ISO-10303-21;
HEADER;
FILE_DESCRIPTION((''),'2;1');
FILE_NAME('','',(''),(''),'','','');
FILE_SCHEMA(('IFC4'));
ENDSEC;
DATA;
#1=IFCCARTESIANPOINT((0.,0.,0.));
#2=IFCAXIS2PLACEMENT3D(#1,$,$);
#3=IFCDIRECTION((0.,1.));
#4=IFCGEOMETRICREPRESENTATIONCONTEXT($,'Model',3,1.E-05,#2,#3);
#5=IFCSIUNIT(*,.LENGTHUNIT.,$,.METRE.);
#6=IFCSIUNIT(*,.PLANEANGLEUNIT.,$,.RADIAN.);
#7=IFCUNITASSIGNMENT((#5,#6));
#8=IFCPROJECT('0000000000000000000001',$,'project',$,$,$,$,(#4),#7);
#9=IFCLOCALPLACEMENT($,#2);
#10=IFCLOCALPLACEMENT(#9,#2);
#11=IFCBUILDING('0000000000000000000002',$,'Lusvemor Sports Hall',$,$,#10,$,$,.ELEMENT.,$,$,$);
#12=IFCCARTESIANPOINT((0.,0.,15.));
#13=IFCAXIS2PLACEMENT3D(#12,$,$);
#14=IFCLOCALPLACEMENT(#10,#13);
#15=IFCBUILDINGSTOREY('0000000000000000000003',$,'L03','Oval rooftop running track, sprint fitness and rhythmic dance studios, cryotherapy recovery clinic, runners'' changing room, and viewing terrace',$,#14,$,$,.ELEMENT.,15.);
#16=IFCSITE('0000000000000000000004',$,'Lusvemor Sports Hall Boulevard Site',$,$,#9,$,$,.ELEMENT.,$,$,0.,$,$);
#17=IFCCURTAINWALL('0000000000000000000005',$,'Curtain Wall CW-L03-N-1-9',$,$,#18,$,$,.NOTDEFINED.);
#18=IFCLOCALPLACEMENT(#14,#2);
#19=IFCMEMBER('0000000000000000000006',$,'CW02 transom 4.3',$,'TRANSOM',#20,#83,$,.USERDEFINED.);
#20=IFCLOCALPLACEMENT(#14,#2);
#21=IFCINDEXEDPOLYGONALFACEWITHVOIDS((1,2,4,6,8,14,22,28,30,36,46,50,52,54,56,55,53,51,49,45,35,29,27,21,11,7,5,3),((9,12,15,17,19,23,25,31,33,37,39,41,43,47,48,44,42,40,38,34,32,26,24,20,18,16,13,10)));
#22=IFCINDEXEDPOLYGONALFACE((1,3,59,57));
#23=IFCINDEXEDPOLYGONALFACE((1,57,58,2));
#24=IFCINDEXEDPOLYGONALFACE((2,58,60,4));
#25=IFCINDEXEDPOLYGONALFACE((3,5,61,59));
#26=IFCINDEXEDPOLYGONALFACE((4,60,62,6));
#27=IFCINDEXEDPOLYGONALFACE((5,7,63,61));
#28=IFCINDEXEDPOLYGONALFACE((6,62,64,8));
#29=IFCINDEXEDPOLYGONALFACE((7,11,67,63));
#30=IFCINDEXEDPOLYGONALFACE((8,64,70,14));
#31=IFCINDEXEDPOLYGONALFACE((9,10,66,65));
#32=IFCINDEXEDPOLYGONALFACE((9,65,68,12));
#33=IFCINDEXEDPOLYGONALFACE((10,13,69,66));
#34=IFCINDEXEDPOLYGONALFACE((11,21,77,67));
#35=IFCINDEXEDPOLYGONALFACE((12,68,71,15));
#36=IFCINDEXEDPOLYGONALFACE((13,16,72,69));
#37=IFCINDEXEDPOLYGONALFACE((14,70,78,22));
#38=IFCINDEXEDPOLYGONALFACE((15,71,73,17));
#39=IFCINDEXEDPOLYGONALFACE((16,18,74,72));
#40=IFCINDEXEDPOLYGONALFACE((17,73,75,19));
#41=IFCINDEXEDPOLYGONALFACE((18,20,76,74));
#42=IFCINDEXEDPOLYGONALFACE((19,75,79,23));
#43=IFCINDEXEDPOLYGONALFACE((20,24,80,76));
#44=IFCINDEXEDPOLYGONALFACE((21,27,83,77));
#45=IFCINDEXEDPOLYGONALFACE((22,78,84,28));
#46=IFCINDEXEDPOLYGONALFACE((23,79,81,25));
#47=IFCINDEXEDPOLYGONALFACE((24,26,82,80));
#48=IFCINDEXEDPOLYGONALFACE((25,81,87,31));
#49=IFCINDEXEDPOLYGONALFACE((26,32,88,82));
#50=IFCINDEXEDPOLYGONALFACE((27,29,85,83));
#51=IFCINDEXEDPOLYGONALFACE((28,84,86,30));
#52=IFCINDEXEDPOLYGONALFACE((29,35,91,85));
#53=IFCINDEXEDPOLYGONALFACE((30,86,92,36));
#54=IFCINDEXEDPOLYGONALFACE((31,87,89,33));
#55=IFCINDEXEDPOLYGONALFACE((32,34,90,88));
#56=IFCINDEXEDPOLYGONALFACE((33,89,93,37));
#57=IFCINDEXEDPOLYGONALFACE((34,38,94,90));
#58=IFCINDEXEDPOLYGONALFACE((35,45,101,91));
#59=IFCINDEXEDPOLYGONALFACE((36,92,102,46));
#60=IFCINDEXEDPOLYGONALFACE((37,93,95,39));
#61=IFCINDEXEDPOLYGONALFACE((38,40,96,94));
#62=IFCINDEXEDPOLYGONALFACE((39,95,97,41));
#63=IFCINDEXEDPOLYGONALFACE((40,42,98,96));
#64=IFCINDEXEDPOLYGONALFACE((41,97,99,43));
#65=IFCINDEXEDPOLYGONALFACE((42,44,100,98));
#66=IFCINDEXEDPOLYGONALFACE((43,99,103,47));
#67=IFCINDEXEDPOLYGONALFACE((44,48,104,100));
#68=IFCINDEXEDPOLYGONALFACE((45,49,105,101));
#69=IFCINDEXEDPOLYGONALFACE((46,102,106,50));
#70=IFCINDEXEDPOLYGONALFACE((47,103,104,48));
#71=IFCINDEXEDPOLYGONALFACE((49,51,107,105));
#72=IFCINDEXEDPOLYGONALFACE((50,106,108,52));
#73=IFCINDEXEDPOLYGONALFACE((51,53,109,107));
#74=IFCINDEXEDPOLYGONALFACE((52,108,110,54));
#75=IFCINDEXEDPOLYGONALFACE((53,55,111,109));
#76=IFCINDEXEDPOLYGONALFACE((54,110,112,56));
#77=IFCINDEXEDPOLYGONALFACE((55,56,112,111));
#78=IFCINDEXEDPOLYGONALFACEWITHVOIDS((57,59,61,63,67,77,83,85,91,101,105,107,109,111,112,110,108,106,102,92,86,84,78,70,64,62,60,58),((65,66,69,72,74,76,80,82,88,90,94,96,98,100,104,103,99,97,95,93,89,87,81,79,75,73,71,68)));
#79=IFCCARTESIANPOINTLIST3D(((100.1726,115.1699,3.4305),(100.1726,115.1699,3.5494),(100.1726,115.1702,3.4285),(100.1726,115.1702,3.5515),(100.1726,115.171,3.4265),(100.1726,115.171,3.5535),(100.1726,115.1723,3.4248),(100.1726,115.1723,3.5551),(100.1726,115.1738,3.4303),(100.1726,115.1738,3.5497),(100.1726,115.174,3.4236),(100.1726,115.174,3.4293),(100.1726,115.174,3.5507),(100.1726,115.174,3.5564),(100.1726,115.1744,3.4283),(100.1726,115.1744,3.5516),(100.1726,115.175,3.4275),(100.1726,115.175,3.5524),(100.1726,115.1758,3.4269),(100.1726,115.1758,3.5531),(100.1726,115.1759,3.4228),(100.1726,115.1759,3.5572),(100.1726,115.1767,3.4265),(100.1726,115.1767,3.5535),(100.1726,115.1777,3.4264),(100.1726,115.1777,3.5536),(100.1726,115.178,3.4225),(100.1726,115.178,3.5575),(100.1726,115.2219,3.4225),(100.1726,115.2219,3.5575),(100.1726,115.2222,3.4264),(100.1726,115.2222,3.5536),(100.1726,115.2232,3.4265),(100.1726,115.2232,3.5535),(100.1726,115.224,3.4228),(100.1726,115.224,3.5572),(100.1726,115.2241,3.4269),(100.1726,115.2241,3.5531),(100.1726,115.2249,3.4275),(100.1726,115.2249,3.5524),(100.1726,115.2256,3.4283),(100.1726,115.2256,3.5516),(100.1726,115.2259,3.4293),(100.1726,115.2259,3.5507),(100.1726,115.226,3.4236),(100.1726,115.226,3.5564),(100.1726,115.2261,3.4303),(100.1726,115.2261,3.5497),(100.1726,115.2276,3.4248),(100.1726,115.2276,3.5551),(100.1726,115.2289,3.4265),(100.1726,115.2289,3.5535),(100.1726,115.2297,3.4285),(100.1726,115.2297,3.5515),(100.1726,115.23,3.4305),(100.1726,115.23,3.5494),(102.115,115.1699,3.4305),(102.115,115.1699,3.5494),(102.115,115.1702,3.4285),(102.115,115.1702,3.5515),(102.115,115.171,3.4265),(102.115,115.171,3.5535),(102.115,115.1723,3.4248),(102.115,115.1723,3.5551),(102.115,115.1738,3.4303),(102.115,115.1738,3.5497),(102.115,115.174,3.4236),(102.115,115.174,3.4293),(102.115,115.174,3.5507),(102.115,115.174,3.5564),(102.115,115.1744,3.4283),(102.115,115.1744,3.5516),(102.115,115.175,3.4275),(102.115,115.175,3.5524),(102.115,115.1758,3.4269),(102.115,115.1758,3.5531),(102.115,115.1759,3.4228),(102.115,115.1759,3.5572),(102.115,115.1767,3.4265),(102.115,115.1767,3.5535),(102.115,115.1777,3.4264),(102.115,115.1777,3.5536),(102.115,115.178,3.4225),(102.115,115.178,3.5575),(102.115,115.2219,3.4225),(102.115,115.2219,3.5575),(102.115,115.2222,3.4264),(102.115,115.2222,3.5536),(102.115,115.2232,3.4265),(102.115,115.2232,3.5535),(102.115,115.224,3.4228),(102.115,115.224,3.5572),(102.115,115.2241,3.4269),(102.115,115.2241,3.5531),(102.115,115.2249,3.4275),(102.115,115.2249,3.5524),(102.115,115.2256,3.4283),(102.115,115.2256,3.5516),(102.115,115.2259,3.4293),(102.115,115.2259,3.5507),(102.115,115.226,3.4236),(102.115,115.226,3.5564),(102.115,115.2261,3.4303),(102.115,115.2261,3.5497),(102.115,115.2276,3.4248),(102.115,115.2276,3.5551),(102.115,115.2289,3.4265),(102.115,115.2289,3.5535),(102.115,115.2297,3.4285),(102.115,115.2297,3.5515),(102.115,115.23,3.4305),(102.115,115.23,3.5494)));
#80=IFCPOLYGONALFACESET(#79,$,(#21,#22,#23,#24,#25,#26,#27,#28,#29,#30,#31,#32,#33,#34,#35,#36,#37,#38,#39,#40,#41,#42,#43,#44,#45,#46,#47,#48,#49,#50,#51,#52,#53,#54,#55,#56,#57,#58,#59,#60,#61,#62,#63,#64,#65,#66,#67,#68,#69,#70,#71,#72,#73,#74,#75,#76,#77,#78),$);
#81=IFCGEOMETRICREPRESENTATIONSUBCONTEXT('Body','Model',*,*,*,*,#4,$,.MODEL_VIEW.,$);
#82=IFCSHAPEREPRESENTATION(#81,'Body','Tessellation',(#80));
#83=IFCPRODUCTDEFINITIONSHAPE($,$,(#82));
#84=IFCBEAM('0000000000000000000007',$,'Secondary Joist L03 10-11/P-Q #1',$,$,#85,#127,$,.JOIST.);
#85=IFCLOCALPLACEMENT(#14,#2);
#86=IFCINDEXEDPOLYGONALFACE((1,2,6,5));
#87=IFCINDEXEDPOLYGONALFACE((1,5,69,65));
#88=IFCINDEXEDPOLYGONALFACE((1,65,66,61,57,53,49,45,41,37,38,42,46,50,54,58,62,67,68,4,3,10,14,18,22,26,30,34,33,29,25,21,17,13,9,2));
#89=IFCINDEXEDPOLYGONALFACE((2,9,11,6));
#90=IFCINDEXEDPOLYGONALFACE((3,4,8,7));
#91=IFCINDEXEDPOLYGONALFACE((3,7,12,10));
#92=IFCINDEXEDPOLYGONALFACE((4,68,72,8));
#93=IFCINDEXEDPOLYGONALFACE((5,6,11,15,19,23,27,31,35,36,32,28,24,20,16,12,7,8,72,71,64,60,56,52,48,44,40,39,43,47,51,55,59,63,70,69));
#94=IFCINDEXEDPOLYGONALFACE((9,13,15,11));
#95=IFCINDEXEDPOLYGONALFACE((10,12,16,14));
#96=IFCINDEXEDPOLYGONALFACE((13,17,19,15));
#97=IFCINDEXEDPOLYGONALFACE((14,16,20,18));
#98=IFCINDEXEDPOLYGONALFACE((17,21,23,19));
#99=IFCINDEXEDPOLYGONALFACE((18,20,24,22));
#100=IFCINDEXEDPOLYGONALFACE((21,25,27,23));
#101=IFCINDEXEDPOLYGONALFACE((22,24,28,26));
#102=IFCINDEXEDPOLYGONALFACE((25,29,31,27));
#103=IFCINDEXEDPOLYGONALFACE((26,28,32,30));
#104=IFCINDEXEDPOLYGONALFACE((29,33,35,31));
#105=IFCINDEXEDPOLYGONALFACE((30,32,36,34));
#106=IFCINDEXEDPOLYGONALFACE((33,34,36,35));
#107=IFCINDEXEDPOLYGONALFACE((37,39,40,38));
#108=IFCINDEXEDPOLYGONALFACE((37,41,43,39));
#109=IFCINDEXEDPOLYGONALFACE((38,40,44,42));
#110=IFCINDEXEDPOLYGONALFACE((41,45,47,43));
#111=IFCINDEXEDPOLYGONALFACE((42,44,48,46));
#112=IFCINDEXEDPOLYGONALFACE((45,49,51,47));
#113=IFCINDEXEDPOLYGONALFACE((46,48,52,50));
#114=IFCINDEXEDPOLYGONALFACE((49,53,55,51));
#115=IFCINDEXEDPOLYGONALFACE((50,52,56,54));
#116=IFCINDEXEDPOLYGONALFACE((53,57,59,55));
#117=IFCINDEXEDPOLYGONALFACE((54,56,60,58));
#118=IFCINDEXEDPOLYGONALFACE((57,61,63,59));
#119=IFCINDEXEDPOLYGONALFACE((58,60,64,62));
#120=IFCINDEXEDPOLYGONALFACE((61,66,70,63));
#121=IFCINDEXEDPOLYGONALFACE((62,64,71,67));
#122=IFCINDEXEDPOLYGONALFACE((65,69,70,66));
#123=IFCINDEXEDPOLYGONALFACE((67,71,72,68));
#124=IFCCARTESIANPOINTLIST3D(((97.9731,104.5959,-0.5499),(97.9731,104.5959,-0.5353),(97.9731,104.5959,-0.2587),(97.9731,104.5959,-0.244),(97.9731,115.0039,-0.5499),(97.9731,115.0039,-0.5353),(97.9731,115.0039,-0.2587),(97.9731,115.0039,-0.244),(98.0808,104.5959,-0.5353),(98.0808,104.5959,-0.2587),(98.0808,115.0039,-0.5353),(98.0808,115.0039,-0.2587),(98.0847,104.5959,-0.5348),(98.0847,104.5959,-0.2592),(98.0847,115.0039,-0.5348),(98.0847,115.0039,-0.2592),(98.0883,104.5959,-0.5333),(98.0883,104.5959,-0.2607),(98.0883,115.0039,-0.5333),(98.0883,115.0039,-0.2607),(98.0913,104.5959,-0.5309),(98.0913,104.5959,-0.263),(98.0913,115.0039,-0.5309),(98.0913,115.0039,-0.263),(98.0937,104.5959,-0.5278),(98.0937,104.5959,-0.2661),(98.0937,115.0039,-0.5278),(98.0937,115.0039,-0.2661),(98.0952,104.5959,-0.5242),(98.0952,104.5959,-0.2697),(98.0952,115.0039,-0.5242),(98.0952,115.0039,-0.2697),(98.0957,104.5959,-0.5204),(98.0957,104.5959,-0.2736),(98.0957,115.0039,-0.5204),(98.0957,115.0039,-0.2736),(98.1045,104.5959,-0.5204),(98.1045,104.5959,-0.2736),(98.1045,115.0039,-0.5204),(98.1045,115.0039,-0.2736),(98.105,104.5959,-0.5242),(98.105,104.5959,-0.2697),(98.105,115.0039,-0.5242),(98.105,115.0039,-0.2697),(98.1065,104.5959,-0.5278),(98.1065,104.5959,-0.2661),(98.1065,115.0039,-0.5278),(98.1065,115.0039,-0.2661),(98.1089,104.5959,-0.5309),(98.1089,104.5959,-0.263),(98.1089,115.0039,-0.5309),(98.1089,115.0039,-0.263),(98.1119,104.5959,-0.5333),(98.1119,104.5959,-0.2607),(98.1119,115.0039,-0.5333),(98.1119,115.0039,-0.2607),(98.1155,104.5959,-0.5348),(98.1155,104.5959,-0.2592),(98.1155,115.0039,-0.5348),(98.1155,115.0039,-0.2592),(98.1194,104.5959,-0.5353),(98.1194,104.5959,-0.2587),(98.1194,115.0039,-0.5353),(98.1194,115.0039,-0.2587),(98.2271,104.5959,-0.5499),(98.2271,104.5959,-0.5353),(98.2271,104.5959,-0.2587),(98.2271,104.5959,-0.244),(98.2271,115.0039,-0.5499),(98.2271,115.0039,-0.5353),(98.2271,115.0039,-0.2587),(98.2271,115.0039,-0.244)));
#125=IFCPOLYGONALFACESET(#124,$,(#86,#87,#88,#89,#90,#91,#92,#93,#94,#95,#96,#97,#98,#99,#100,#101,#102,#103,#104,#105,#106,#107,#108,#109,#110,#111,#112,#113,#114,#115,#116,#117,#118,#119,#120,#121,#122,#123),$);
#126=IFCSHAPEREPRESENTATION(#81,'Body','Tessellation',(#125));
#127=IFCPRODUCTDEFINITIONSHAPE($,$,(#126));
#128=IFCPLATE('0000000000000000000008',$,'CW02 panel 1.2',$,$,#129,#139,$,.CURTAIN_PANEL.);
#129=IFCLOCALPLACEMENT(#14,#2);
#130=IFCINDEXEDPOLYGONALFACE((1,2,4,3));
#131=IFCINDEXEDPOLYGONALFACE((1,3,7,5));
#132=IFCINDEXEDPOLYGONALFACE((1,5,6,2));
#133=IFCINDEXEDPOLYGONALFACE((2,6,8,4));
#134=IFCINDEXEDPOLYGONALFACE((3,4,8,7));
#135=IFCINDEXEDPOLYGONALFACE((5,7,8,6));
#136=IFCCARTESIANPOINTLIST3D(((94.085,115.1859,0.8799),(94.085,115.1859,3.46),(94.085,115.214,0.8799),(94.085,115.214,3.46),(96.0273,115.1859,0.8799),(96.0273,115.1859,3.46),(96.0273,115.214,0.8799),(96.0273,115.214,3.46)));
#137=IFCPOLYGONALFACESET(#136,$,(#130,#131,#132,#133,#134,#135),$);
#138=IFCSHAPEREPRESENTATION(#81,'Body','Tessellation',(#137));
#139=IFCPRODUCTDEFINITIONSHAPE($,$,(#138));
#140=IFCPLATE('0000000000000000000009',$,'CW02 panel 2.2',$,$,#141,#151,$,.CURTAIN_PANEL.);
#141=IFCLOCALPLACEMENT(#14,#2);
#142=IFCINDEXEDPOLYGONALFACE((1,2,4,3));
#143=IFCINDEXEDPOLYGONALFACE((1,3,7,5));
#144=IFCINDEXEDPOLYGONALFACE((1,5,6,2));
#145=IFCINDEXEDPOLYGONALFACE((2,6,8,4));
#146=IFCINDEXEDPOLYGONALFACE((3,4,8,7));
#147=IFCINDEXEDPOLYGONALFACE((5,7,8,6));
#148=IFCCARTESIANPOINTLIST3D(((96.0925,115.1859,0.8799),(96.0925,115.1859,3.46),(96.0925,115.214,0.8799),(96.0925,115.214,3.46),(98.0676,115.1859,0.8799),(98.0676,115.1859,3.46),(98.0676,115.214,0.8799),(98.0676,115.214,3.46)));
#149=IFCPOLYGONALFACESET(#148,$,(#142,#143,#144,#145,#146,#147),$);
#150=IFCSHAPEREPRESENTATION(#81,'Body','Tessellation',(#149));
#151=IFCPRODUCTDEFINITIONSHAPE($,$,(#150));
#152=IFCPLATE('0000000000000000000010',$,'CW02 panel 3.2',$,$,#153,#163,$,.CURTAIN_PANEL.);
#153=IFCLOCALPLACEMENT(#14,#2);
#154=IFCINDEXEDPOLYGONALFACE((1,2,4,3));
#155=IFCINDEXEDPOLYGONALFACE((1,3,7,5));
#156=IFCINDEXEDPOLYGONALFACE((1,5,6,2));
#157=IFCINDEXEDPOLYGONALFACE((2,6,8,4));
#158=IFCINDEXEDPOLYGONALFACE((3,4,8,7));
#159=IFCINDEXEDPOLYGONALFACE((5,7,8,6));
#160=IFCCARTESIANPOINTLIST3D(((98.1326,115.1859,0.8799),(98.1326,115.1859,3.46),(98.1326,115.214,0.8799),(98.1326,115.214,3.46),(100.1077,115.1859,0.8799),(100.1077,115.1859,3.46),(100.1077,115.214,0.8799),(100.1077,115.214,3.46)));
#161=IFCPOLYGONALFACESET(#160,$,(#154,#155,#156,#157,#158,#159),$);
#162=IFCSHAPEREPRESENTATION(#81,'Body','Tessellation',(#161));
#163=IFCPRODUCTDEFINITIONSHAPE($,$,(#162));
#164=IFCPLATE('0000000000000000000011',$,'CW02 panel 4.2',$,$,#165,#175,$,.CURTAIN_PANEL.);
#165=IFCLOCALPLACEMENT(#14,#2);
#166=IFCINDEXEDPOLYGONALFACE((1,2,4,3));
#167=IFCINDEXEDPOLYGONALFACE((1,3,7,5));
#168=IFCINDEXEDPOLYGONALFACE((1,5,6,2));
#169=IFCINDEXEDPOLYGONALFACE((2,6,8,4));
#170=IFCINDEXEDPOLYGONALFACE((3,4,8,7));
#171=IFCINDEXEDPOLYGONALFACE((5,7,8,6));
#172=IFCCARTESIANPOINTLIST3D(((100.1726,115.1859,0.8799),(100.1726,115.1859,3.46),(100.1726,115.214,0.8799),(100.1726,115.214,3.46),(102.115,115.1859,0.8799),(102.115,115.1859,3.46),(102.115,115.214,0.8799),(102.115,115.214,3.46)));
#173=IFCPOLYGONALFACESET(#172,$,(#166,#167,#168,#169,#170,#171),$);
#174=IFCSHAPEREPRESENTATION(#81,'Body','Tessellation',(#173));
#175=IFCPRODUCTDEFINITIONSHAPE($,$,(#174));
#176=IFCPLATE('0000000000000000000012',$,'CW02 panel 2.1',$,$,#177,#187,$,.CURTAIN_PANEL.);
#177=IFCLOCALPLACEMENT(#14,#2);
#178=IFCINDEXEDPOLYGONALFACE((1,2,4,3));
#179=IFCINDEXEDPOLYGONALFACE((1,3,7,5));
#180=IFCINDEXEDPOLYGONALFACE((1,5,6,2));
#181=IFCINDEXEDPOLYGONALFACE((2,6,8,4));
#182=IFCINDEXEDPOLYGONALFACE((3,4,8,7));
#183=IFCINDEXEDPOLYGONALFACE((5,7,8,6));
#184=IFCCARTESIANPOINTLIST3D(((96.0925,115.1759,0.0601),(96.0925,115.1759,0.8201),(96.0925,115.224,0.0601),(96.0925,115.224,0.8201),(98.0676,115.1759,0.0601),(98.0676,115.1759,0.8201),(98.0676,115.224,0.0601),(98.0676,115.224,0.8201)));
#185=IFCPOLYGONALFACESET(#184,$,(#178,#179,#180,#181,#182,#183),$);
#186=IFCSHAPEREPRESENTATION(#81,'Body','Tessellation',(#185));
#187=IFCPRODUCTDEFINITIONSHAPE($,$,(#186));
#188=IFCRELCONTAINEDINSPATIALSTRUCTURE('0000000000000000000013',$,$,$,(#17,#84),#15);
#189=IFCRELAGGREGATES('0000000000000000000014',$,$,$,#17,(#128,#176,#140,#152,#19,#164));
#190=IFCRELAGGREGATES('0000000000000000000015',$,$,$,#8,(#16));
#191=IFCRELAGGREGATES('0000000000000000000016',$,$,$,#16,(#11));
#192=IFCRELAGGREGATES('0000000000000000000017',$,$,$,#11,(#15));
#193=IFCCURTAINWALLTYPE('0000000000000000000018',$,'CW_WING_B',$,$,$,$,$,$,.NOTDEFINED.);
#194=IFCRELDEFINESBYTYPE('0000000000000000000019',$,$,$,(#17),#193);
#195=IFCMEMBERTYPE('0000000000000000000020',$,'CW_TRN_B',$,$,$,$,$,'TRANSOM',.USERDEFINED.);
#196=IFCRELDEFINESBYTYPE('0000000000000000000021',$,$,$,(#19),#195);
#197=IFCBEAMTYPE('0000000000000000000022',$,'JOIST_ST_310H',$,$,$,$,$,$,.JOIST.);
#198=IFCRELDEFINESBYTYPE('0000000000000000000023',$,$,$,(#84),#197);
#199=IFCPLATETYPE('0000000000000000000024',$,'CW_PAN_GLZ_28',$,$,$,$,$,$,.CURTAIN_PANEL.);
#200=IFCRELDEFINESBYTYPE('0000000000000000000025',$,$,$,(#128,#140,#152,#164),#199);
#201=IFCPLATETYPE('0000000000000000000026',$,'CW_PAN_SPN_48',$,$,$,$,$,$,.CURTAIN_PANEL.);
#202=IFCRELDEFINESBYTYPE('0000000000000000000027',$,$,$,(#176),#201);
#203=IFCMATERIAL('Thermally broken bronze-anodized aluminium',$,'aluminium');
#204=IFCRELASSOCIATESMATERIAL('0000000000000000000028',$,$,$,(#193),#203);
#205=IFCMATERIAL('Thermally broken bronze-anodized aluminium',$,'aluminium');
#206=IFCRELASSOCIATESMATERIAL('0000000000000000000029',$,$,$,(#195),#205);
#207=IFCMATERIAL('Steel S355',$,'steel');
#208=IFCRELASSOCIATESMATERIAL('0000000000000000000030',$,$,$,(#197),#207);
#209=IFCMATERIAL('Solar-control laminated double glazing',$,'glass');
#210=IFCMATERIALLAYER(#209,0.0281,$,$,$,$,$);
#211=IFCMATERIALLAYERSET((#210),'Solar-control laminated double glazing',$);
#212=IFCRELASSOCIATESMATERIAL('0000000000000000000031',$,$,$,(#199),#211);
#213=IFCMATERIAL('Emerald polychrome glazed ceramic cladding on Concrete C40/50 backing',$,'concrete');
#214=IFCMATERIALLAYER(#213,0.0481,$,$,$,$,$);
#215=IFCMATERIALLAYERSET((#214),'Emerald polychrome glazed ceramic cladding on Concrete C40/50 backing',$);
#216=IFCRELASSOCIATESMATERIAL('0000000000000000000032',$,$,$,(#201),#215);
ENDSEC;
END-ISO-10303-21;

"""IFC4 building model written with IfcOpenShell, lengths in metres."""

from ifc_helpers import new_model, si_unit, direction, frame, origin, origin_2d, place, context, subcontext, project, spatial, rectangle, hollow_rectangle, i_section, extrude, material, layer, layer_set, material_profile, profile_set, type_object, element, aggregate, save


model = new_model("IFC4")

# Units and contexts
model_context = context("Model", 3, precision=1e-05, world=origin(), true_north=direction((0.0, 1.0)))
body_context = subcontext(model_context, "Body", "Model", "MODEL_VIEW")
ifc_project = project(units=[si_unit("LENGTHUNIT", "METRE"), si_unit("PLANEANGLEUNIT", "RADIAN")], contexts=[model_context])

# Site, building, storey
site_placement = place(None, origin())
site = spatial("IfcSite", under=ifc_project, at=site_placement, Name="Lusvemor Sports Hall Boulevard Site", CompositionType="ELEMENT", RefElevation=0.0)
building_placement = place(site_placement, origin())
building = spatial("IfcBuilding", under=site, at=building_placement, Name="Lusvemor Sports Hall", CompositionType="ELEMENT")
storey_placement = place(building_placement, frame((0.0, 0.0, 15.0)))
storey = spatial("IfcBuildingStorey", under=building, at=storey_placement, Name="L03", Description="Oval rooftop running track, sprint fitness and rhythmic dance studios, cryotherapy recovery clinic, runners' changing room, and viewing terrace", CompositionType="ELEMENT", Elevation=15.0)

# Curtain wall, member
ifc_material_1 = material(Name="Thermally broken bronze-anodized aluminium", Category="aluminium")
curtain_wall_type = type_object("IfcCurtainWallType", Name="CW_WING_B", PredefinedType="NOTDEFINED", material=ifc_material_1)
curtain_wall_placement = place(storey_placement, origin())
curtain_wall = element("IfcCurtainWall", 1, at=curtain_wall_placement, inside=storey, type_object=curtain_wall_type, Name="Curtain Wall CW-L03-N-1-9", PredefinedType="NOTDEFINED")
ifc_material_2 = material(Name="Thermally broken bronze-anodized aluminium", Category="aluminium")
ifc_material_profile_1 = material_profile(ifc_material_2, hollow_rectangle(XDim=0.0601, YDim=0.135, WallThickness=0.0039, InnerFilletRadius=0.0039, OuterFilletRadius=0.0081, at=origin_2d()), Name="CWTRN135x60x4")
ifc_profile_set_1 = profile_set([ifc_material_profile_1], Name="Thermally broken bronze-anodized aluminium")
member_type_1 = type_object("IfcMemberType", Name="CW_TRN_B", ElementType="TRANSOM", PredefinedType="USERDEFINED", material=ifc_profile_set_1)
member_1_placement = place(storey_placement, frame((100.1726, 115.2, 3.49), z_axis=(1.0, 0.0, 0.0), x_axis=(0.0, 1.0, 0.0)))
member_1 = element("IfcMember", 2, at=member_1_placement, type_object=member_type_1, Name="CW02 transom 4.3", ObjectType="TRANSOM", PredefinedType="USERDEFINED", context=body_context, shape_type="SweptSolid", body=[
    extrude(hollow_rectangle(XDim=0.0601, YDim=0.135, WallThickness=0.0039, InnerFilletRadius=0.0039, OuterFilletRadius=0.0081, at=origin_2d()), origin(), (0.0, 0.0, 1.0), 1.9424),
])

# Beam
ifc_material_3 = material(Name="Steel S355", Category="steel")
ifc_material_profile_2 = material_profile(ifc_material_3, i_section(OverallWidth=0.2539, OverallDepth=0.3059, WebThickness=0.0088, FlangeThickness=0.0146, FilletRadius=0.0149, at=origin_2d()), Name="W310x79.0")
ifc_profile_set_2 = profile_set([ifc_material_profile_2], Name="Steel S355")
beam_type = type_object("IfcBeamType", Name="JOIST_ST_310H", PredefinedType="JOIST", material=ifc_profile_set_2)
beam_placement = place(storey_placement, frame((98.1001, 104.5959, -0.397), z_axis=(0.0, 1.0, 0.0), x_axis=(-1.0, 0.0, 0.0)))
element("IfcBeam", 3, at=beam_placement, inside=storey, type_object=beam_type, Name="Secondary Joist L03 10-11/P-Q #1", PredefinedType="JOIST", context=body_context, shape_type="SweptSolid", body=[
    extrude(i_section(OverallWidth=0.2539, OverallDepth=0.3059, WebThickness=0.0088, FlangeThickness=0.0146, FilletRadius=0.0149, at=origin_2d()), origin(), (0.0, 0.0, 1.0), 10.408),
])

# Plates
ifc_material_4 = material(Name="Solar-control laminated double glazing", Category="glass")
ifc_layer_1 = layer(ifc_material_4, 0.0281)
ifc_layer_set_1 = layer_set([ifc_layer_1], Name="Solar-control laminated double glazing")
plate_type_1 = type_object("IfcPlateType", Name="CW_PAN_GLZ_28", PredefinedType="CURTAIN_PANEL", material=ifc_layer_set_1)
plate_1_placement = place(storey_placement, frame((95.0562, 115.2, 0.8799), z_axis=(0.0, 0.0, 1.0), x_axis=(1.0, 0.0, 0.0)))
plate_1 = element("IfcPlate", 4, at=plate_1_placement, type_object=plate_type_1, Name="CW02 panel 1.2", PredefinedType="CURTAIN_PANEL", context=body_context, shape_type="SweptSolid", body=[
    extrude(rectangle(XDim=1.9424, YDim=0.0281, at=origin_2d()), origin(), (0.0, 0.0, 1.0), 2.5801),
])
plate_2_placement = place(storey_placement, frame((97.0801, 115.2, 0.8799), z_axis=(0.0, 0.0, 1.0), x_axis=(1.0, 0.0, 0.0)))
plate_2 = element("IfcPlate", 5, at=plate_2_placement, type_object=plate_type_1, Name="CW02 panel 2.2", PredefinedType="CURTAIN_PANEL", context=body_context, shape_type="SweptSolid", body=[
    extrude(rectangle(XDim=1.9751, YDim=0.0281, at=origin_2d()), origin(), (0.0, 0.0, 1.0), 2.5801),
])
plate_3_placement = place(storey_placement, frame((99.1201, 115.2, 0.8799), z_axis=(0.0, 0.0, 1.0), x_axis=(1.0, 0.0, 0.0)))
plate_3 = element("IfcPlate", 6, at=plate_3_placement, type_object=plate_type_1, Name="CW02 panel 3.2", PredefinedType="CURTAIN_PANEL", context=body_context, shape_type="SweptSolid", body=[
    extrude(rectangle(XDim=1.9751, YDim=0.0281, at=origin_2d()), origin(), (0.0, 0.0, 1.0), 2.5801),
])
plate_4_placement = place(storey_placement, frame((101.1438, 115.2, 0.8799), z_axis=(0.0, 0.0, 1.0), x_axis=(1.0, 0.0, 0.0)))
plate_4 = element("IfcPlate", 7, at=plate_4_placement, type_object=plate_type_1, Name="CW02 panel 4.2", PredefinedType="CURTAIN_PANEL", context=body_context, shape_type="SweptSolid", body=[
    extrude(rectangle(XDim=1.9424, YDim=0.0281, at=origin_2d()), origin(), (0.0, 0.0, 1.0), 2.5801),
])
ifc_material_5 = material(Name="Emerald polychrome glazed ceramic cladding on Concrete C40/50 backing", Category="concrete")
ifc_layer_2 = layer(ifc_material_5, 0.0481)
ifc_layer_set_2 = layer_set([ifc_layer_2], Name="Emerald polychrome glazed ceramic cladding on Concrete C40/50 backing")
plate_type_2 = type_object("IfcPlateType", Name="CW_PAN_SPN_48", PredefinedType="CURTAIN_PANEL", material=ifc_layer_set_2)
plate_5_placement = place(storey_placement, frame((97.0801, 115.2, 0.0601), z_axis=(0.0, 0.0, 1.0), x_axis=(1.0, 0.0, 0.0)))
plate_5 = element("IfcPlate", 8, at=plate_5_placement, type_object=plate_type_2, Name="CW02 panel 2.1", PredefinedType="CURTAIN_PANEL", context=body_context, shape_type="SweptSolid", body=[
    extrude(rectangle(XDim=1.9751, YDim=0.0481, at=origin_2d()), origin(), (0.0, 0.0, 1.0), 0.76),
])
aggregate(curtain_wall, [plate_1, plate_5, plate_2, plate_3, member_1, plate_4])

save(model, "model.ifc")
